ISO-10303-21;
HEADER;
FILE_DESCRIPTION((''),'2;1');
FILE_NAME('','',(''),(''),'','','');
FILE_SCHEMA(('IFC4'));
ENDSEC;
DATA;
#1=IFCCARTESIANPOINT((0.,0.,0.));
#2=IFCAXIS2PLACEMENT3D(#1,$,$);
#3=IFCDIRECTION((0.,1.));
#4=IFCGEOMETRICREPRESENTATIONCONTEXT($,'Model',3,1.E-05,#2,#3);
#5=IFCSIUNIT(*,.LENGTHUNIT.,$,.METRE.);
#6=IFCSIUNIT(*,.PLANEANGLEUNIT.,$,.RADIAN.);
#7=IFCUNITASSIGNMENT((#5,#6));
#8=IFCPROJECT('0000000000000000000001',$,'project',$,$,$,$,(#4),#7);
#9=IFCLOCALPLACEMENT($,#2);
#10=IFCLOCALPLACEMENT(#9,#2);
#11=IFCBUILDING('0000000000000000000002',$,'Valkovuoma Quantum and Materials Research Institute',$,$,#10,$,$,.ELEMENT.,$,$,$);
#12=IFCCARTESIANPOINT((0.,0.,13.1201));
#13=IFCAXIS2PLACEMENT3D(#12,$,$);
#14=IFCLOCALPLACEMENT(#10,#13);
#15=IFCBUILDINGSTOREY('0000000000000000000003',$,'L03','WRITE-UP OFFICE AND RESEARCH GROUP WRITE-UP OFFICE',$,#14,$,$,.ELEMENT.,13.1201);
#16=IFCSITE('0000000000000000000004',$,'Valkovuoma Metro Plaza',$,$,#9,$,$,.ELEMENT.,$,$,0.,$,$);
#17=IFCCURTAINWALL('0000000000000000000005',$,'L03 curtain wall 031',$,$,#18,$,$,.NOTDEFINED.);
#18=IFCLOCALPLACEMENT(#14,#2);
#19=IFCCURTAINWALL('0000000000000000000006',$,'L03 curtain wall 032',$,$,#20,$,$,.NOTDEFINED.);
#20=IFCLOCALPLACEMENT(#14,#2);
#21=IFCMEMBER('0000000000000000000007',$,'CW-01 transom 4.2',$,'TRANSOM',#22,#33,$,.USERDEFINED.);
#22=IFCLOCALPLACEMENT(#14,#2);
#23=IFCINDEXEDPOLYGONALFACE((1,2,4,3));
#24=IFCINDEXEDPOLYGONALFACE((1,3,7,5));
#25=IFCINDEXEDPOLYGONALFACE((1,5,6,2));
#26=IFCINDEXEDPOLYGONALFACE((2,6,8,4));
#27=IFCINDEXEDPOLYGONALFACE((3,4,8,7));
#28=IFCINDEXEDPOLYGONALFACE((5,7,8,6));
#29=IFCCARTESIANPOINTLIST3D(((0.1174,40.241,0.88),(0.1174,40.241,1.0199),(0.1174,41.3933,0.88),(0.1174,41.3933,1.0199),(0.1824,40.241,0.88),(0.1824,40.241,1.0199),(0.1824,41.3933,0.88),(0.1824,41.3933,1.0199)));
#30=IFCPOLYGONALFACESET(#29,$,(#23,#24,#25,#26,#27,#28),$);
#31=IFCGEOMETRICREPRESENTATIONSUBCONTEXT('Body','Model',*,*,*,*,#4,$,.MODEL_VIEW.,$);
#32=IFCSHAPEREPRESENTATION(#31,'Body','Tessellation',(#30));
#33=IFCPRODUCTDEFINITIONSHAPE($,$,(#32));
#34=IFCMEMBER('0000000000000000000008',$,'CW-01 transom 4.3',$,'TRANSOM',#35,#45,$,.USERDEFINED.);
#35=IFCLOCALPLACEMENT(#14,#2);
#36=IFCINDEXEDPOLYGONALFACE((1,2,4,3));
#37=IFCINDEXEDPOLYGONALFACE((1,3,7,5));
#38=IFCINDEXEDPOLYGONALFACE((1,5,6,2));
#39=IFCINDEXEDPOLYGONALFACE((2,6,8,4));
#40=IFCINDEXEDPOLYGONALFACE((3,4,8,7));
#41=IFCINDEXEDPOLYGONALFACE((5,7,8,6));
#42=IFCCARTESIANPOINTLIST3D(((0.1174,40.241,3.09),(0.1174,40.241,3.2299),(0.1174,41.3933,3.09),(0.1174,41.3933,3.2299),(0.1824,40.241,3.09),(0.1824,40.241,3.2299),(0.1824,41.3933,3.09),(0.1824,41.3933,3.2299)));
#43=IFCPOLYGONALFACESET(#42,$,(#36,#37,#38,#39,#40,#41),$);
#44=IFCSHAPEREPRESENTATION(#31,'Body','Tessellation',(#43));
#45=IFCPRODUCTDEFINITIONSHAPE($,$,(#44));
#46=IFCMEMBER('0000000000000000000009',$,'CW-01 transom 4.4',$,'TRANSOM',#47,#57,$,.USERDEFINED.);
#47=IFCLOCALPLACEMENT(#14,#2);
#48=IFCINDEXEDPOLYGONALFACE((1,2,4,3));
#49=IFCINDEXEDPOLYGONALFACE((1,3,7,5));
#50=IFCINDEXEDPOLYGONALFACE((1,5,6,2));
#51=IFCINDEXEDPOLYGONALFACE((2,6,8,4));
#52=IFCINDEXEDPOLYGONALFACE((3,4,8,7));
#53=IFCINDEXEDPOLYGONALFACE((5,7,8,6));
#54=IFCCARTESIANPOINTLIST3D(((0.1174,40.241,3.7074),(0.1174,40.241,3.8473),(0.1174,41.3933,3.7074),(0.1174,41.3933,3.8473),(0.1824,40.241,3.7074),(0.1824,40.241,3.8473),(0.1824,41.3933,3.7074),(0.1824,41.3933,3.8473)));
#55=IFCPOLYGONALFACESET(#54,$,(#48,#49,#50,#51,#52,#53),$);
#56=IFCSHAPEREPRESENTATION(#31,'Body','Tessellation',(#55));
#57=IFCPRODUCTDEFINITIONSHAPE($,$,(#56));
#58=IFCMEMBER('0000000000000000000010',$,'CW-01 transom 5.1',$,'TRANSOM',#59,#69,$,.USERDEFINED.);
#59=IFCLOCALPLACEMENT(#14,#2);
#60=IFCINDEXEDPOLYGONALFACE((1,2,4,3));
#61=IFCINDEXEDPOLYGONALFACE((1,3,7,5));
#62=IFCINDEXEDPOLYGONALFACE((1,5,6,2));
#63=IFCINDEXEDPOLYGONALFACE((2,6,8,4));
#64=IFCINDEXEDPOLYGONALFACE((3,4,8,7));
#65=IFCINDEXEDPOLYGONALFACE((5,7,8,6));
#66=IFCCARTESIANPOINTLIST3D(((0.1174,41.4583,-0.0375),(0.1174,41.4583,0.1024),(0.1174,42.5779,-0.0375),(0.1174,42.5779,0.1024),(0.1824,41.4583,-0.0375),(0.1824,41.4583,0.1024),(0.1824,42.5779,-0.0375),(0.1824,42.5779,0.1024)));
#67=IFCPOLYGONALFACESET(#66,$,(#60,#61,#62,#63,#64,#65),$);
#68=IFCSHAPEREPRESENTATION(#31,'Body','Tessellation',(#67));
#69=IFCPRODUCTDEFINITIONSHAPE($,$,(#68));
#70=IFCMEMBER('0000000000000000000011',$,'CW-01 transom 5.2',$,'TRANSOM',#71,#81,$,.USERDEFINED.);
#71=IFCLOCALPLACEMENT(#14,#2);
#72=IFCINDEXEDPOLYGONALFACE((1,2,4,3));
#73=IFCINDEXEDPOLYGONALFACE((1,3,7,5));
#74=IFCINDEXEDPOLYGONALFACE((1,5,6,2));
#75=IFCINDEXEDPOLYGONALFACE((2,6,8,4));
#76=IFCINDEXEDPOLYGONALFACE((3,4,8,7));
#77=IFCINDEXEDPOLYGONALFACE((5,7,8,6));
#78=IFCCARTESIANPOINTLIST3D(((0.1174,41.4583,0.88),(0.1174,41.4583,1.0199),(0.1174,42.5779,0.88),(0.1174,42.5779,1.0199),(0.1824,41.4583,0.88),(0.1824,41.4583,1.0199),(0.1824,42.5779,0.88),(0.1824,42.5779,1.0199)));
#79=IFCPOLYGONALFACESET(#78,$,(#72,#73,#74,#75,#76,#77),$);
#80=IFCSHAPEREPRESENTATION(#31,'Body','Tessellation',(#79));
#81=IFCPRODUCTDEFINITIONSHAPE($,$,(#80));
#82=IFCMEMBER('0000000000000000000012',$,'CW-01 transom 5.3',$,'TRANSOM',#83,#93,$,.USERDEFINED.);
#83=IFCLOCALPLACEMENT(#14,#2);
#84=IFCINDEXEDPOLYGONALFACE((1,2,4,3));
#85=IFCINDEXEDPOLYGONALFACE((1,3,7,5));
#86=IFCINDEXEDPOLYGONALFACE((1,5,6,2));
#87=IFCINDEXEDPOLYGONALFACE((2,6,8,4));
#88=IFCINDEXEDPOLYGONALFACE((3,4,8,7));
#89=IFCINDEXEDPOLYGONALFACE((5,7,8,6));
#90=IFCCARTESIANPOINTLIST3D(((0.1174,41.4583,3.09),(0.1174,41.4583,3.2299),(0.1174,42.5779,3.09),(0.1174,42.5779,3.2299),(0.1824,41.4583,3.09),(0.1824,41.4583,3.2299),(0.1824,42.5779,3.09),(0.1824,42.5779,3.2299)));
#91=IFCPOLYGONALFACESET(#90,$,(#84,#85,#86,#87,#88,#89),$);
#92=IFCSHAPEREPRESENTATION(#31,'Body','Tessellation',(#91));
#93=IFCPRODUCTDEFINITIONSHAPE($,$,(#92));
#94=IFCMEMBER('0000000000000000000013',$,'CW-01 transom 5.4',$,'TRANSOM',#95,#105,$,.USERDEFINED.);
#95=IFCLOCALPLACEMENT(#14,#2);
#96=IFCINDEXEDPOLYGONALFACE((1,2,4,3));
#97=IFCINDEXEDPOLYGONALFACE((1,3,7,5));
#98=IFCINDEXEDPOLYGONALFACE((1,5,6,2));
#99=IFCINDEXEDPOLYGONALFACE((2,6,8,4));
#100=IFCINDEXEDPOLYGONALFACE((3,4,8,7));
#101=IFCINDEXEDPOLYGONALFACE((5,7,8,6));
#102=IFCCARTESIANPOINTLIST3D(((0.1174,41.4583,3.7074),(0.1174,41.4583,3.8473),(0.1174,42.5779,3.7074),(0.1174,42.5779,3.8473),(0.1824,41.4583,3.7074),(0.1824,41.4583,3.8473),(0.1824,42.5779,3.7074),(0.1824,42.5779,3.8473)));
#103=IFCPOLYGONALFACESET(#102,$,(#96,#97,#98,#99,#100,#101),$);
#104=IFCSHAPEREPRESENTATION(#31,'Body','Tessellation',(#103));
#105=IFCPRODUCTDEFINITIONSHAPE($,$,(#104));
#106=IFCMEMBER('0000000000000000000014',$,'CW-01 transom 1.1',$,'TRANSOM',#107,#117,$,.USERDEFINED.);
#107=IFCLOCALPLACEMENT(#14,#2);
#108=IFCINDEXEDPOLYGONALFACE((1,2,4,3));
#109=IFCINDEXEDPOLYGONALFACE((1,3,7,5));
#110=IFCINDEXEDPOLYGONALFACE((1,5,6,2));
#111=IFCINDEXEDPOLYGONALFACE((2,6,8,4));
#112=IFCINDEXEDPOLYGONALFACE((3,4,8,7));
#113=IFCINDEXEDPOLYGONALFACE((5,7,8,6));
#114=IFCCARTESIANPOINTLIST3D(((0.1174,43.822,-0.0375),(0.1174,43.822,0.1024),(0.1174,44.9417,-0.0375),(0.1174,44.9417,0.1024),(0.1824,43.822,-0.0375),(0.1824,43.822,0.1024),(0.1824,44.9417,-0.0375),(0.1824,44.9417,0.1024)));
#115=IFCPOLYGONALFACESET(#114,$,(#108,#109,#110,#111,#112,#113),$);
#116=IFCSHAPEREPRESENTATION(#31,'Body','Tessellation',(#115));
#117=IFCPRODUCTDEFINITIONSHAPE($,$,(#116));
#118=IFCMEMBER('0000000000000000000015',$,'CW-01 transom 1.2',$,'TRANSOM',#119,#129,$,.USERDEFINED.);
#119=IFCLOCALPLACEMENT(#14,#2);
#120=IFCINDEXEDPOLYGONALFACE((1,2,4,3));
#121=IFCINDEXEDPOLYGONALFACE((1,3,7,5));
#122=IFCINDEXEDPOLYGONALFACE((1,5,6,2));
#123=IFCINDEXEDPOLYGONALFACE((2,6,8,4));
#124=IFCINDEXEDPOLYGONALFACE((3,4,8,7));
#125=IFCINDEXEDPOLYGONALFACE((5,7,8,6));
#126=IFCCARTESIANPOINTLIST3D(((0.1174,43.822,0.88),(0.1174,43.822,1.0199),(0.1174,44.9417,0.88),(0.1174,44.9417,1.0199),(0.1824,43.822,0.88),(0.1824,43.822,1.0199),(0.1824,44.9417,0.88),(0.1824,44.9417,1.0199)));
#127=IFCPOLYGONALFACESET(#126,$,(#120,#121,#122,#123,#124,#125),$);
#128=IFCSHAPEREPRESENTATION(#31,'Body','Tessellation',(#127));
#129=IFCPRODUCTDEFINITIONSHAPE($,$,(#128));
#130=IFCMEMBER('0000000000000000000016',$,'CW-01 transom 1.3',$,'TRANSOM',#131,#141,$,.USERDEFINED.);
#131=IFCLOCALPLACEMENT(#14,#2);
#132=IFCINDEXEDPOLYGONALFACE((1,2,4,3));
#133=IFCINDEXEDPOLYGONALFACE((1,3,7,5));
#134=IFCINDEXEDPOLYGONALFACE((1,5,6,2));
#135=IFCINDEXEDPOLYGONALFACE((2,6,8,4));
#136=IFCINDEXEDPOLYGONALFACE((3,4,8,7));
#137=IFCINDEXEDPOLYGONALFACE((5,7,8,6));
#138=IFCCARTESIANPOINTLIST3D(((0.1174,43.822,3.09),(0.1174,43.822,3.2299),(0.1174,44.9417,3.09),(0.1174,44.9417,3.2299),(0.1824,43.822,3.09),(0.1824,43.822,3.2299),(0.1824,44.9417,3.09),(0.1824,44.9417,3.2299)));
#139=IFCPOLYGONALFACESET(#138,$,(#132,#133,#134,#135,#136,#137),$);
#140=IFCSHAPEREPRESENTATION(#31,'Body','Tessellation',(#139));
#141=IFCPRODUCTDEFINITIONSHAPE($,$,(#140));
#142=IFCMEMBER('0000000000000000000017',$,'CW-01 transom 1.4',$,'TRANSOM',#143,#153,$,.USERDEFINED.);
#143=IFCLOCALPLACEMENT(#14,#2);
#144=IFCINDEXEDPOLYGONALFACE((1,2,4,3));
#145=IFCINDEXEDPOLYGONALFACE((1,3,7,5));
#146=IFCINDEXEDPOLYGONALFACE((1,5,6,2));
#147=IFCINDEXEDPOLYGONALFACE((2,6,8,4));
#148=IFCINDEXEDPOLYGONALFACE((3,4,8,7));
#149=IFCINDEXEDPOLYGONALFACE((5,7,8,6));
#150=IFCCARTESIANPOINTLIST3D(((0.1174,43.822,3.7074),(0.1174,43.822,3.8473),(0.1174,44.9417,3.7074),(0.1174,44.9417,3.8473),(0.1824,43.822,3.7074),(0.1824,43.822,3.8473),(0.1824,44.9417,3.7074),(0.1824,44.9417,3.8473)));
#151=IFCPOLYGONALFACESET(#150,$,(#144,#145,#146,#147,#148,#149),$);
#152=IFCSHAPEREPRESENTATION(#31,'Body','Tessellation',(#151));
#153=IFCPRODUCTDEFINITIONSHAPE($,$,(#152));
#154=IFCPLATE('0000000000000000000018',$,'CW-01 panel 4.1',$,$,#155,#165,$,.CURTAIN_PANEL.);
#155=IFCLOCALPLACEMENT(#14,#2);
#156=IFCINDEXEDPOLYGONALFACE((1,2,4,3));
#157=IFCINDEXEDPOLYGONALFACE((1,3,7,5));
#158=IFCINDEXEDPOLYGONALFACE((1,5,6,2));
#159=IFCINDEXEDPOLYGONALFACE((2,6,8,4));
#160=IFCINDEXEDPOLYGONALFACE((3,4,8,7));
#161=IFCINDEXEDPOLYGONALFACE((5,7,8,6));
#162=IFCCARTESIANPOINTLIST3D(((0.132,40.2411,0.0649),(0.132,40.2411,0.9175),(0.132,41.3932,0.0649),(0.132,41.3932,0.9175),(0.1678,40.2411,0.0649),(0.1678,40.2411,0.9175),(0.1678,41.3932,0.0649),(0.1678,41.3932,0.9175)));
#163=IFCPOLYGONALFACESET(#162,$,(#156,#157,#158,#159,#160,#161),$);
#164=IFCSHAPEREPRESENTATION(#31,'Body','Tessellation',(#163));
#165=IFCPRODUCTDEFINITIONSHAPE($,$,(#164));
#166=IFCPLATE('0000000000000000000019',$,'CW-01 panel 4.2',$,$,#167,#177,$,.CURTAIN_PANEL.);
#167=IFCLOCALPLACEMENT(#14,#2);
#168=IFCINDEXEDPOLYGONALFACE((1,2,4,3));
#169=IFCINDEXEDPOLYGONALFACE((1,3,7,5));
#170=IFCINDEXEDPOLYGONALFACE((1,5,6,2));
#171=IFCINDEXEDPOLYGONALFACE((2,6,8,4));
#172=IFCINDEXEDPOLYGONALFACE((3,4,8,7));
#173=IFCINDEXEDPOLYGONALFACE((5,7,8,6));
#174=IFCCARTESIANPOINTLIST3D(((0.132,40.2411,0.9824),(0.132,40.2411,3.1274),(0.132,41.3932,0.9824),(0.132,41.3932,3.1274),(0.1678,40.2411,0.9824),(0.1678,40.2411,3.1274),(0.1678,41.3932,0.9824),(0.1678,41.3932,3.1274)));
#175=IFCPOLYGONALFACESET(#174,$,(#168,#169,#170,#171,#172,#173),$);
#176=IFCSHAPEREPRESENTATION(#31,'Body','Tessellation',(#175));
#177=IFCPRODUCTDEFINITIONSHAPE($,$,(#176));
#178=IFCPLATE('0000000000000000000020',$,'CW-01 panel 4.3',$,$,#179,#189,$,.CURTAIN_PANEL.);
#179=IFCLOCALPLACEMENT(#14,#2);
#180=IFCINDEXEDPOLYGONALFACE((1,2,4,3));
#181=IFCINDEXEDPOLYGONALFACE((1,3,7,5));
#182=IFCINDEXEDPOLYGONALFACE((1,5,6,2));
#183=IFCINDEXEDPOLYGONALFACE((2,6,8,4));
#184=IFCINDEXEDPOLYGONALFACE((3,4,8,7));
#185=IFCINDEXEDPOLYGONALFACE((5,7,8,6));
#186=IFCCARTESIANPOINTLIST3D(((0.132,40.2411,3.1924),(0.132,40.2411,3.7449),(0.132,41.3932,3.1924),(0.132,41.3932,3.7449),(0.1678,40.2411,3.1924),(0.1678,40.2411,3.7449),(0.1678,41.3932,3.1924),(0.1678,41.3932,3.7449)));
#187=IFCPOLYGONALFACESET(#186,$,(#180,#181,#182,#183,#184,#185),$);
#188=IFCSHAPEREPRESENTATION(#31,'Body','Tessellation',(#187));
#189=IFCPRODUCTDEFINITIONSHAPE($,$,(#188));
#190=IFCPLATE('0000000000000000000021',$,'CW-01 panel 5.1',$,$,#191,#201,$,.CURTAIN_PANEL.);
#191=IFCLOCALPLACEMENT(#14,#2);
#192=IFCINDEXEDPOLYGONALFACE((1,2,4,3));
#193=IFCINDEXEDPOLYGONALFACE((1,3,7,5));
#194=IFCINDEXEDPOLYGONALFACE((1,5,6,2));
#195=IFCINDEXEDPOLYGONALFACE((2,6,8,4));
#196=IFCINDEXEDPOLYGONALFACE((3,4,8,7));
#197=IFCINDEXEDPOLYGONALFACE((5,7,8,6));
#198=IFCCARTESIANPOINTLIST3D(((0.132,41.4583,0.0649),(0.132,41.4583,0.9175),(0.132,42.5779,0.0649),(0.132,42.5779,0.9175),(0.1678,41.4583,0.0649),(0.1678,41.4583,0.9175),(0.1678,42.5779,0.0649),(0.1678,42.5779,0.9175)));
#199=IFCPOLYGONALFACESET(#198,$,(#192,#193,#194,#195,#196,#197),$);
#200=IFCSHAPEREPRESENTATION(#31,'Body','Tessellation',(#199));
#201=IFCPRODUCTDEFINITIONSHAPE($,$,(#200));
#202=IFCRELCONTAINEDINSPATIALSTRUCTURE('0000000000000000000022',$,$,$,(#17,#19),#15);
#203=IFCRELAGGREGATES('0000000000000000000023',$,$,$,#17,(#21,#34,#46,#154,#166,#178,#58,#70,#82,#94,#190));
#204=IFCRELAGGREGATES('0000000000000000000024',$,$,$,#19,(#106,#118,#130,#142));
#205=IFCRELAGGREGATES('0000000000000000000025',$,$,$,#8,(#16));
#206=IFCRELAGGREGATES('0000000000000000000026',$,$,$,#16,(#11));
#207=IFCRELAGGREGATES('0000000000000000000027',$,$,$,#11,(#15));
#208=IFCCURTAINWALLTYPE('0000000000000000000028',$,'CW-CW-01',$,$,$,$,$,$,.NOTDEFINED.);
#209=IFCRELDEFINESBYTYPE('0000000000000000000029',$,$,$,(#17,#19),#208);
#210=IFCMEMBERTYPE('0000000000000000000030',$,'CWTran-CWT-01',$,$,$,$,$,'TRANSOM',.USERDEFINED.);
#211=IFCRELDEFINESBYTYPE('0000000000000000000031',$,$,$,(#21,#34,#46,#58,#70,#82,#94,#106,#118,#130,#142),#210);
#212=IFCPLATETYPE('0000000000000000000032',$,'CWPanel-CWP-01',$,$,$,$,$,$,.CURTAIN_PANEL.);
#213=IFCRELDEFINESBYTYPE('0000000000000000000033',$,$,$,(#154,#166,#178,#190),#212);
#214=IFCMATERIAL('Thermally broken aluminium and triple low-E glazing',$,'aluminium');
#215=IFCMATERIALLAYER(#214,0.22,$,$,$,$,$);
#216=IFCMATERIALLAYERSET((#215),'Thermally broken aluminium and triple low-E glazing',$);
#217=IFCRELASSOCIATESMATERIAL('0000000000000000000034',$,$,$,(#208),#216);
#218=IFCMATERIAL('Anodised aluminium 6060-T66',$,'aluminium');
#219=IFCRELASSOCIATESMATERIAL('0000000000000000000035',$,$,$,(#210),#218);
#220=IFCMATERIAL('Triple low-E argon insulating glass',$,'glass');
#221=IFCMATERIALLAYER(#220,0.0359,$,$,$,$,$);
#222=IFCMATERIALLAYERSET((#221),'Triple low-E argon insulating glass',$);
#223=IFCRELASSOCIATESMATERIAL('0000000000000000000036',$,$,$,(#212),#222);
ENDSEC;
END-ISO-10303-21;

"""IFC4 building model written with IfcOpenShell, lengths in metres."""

from ifc_helpers import new_model, si_unit, direction, frame, origin, origin_2d, place, context, subcontext, project, spatial, rectangle, extrude, material, layer, layer_set, material_profile, profile_set, type_object, element, aggregate, save


model = new_model("IFC4")

# Units and contexts
model_context = context("Model", 3, precision=1e-05, world=origin(), true_north=direction((0.0, 1.0)))
body_context = subcontext(model_context, "Body", "Model", "MODEL_VIEW")
ifc_project = project(units=[si_unit("LENGTHUNIT", "METRE"), si_unit("PLANEANGLEUNIT", "RADIAN")], contexts=[model_context])

# Site, building, storey
site_placement = place(None, origin())
site = spatial("IfcSite", under=ifc_project, at=site_placement, Name="Valkovuoma Metro Plaza", CompositionType="ELEMENT", RefElevation=0.0)
building_placement = place(site_placement, origin())
building = spatial("IfcBuilding", under=site, at=building_placement, Name="Valkovuoma Quantum and Materials Research Institute", CompositionType="ELEMENT")
storey_placement = place(building_placement, frame((0.0, 0.0, 13.1201)))
storey = spatial("IfcBuildingStorey", under=building, at=storey_placement, Name="L03", Description="WRITE-UP OFFICE AND RESEARCH GROUP WRITE-UP OFFICE", CompositionType="ELEMENT", Elevation=13.1201)

# Curtain wall
ifc_material_1 = material(Name="Thermally broken aluminium and triple low-E glazing", Category="aluminium")
ifc_layer_1 = layer(ifc_material_1, 0.22)
ifc_layer_set_1 = layer_set([ifc_layer_1], Name="Thermally broken aluminium and triple low-E glazing")
curtain_wall_type = type_object("IfcCurtainWallType", Name="CW-CW-01", PredefinedType="NOTDEFINED", material=ifc_layer_set_1)
curtain_wall_1_placement = place(storey_placement, origin())
curtain_wall_1 = element("IfcCurtainWall", 1, at=curtain_wall_1_placement, inside=storey, type_object=curtain_wall_type, Name="L03 curtain wall 031", PredefinedType="NOTDEFINED")

# Curtain wall
curtain_wall_2_placement = place(storey_placement, origin())
curtain_wall_2 = element("IfcCurtainWall", 2, at=curtain_wall_2_placement, inside=storey, type_object=curtain_wall_type, Name="L03 curtain wall 032", PredefinedType="NOTDEFINED")

# Members
ifc_material_2 = material(Name="Anodised aluminium 6060-T66", Category="aluminium")
ifc_material_profile_1 = material_profile(ifc_material_2, rectangle(XDim=0.0649, YDim=0.1399, at=origin_2d()), Name="Anodised aluminium 6060-T66")
ifc_profile_set_1 = profile_set([ifc_material_profile_1], Name="Anodised aluminium 6060-T66")
member_type_1 = type_object("IfcMemberType", Name="CWTran-CWT-01", ElementType="TRANSOM", PredefinedType="USERDEFINED", material=ifc_profile_set_1)
member_1_placement = place(storey_placement, frame((0.1499, 40.241, 0.95), z_axis=(0.0, 1.0, 0.0), x_axis=(-1.0, 0.0, 0.0)))
member_1 = element("IfcMember", 3, at=member_1_placement, type_object=member_type_1, Name="CW-01 transom 4.2", ObjectType="TRANSOM", PredefinedType="USERDEFINED", context=body_context, shape_type="SweptSolid", body=[
    extrude(rectangle(XDim=0.0649, YDim=0.1399, at=origin_2d()), origin(), (0.0, 0.0, 1.0), 1.1523),
])
member_2_placement = place(storey_placement, frame((0.1499, 40.241, 3.1599), z_axis=(0.0, 1.0, 0.0), x_axis=(-1.0, 0.0, 0.0)))
member_2 = element("IfcMember", 4, at=member_2_placement, type_object=member_type_1, Name="CW-01 transom 4.3", ObjectType="TRANSOM", PredefinedType="USERDEFINED", context=body_context, shape_type="SweptSolid", body=[
    extrude(rectangle(XDim=0.0649, YDim=0.1399, at=origin_2d()), origin(), (0.0, 0.0, 1.0), 1.1523),
])
member_3_placement = place(storey_placement, frame((0.1499, 40.241, 3.7773), z_axis=(0.0, 1.0, 0.0), x_axis=(-1.0, 0.0, 0.0)))
member_3 = element("IfcMember", 5, at=member_3_placement, type_object=member_type_1, Name="CW-01 transom 4.4", ObjectType="TRANSOM", PredefinedType="USERDEFINED", context=body_context, shape_type="SweptSolid", body=[
    extrude(rectangle(XDim=0.0649, YDim=0.1399, at=origin_2d()), origin(), (0.0, 0.0, 1.0), 1.1523),
])
member_4_placement = place(storey_placement, frame((0.1499, 41.4583, 0.0325), z_axis=(0.0, 1.0, 0.0), x_axis=(-1.0, 0.0, 0.0)))
member_4 = element("IfcMember", 6, at=member_4_placement, type_object=member_type_1, Name="CW-01 transom 5.1", ObjectType="TRANSOM", PredefinedType="USERDEFINED", context=body_context, shape_type="SweptSolid", body=[
    extrude(rectangle(XDim=0.0649, YDim=0.1399, at=origin_2d()), origin(), (0.0, 0.0, 1.0), 1.1196),
])
member_5_placement = place(storey_placement, frame((0.1499, 41.4583, 0.95), z_axis=(0.0, 1.0, 0.0), x_axis=(-1.0, 0.0, 0.0)))
member_5 = element("IfcMember", 7, at=member_5_placement, type_object=member_type_1, Name="CW-01 transom 5.2", ObjectType="TRANSOM", PredefinedType="USERDEFINED", context=body_context, shape_type="SweptSolid", body=[
    extrude(rectangle(XDim=0.0649, YDim=0.1399, at=origin_2d()), origin(), (0.0, 0.0, 1.0), 1.1196),
])
member_6_placement = place(storey_placement, frame((0.1499, 41.4583, 3.1599), z_axis=(0.0, 1.0, 0.0), x_axis=(-1.0, 0.0, 0.0)))
member_6 = element("IfcMember", 8, at=member_6_placement, type_object=member_type_1, Name="CW-01 transom 5.3", ObjectType="TRANSOM", PredefinedType="USERDEFINED", context=body_context, shape_type="SweptSolid", body=[
    extrude(rectangle(XDim=0.0649, YDim=0.1399, at=origin_2d()), origin(), (0.0, 0.0, 1.0), 1.1196),
])
member_7_placement = place(storey_placement, frame((0.1499, 41.4583, 3.7773), z_axis=(0.0, 1.0, 0.0), x_axis=(-1.0, 0.0, 0.0)))
member_7 = element("IfcMember", 9, at=member_7_placement, type_object=member_type_1, Name="CW-01 transom 5.4", ObjectType="TRANSOM", PredefinedType="USERDEFINED", context=body_context, shape_type="SweptSolid", body=[
    extrude(rectangle(XDim=0.0649, YDim=0.1399, at=origin_2d()), origin(), (0.0, 0.0, 1.0), 1.1196),
])
member_8_placement = place(storey_placement, frame((0.1499, 43.822, 0.0325), z_axis=(0.0, 1.0, 0.0), x_axis=(-1.0, 0.0, 0.0)))
member_8 = element("IfcMember", 10, at=member_8_placement, type_object=member_type_1, Name="CW-01 transom 1.1", ObjectType="TRANSOM", PredefinedType="USERDEFINED", context=body_context, shape_type="SweptSolid", body=[
    extrude(rectangle(XDim=0.0649, YDim=0.1399, at=origin_2d()), origin(), (0.0, 0.0, 1.0), 1.1196),
])
member_9_placement = place(storey_placement, frame((0.1499, 43.822, 0.95), z_axis=(0.0, 1.0, 0.0), x_axis=(-1.0, 0.0, 0.0)))
member_9 = element("IfcMember", 11, at=member_9_placement, type_object=member_type_1, Name="CW-01 transom 1.2", ObjectType="TRANSOM", PredefinedType="USERDEFINED", context=body_context, shape_type="SweptSolid", body=[
    extrude(rectangle(XDim=0.0649, YDim=0.1399, at=origin_2d()), origin(), (0.0, 0.0, 1.0), 1.1196),
])
member_10_placement = place(storey_placement, frame((0.1499, 43.822, 3.1599), z_axis=(0.0, 1.0, 0.0), x_axis=(-1.0, 0.0, 0.0)))
member_10 = element("IfcMember", 12, at=member_10_placement, type_object=member_type_1, Name="CW-01 transom 1.3", ObjectType="TRANSOM", PredefinedType="USERDEFINED", context=body_context, shape_type="SweptSolid", body=[
    extrude(rectangle(XDim=0.0649, YDim=0.1399, at=origin_2d()), origin(), (0.0, 0.0, 1.0), 1.1196),
])
member_11_placement = place(storey_placement, frame((0.1499, 43.822, 3.7773), z_axis=(0.0, 1.0, 0.0), x_axis=(-1.0, 0.0, 0.0)))
member_11 = element("IfcMember", 13, at=member_11_placement, type_object=member_type_1, Name="CW-01 transom 1.4", ObjectType="TRANSOM", PredefinedType="USERDEFINED", context=body_context, shape_type="SweptSolid", body=[
    extrude(rectangle(XDim=0.0649, YDim=0.1399, at=origin_2d()), origin(), (0.0, 0.0, 1.0), 1.1196),
])

# Plates
ifc_material_3 = material(Name="Triple low-E argon insulating glass", Category="glass")
ifc_layer_2 = layer(ifc_material_3, 0.0359)
ifc_layer_set_2 = layer_set([ifc_layer_2], Name="Triple low-E argon insulating glass")
plate_type = type_object("IfcPlateType", Name="CWPanel-CWP-01", PredefinedType="CURTAIN_PANEL", material=ifc_layer_set_2)
plate_1_placement = place(storey_placement, frame((0.1499, 40.8171, 0.0649), z_axis=(0.0, 0.0, 1.0), x_axis=(0.0, 1.0, 0.0)))
plate_1 = element("IfcPlate", 14, at=plate_1_placement, type_object=plate_type, Name="CW-01 panel 4.1", PredefinedType="CURTAIN_PANEL", context=body_context, shape_type="SweptSolid", body=[
    extrude(rectangle(XDim=1.1521, YDim=0.0359, at=origin_2d()), origin(), (0.0, 0.0, 1.0), 0.8525),
])
plate_2_placement = place(storey_placement, frame((0.1499, 40.8171, 0.9824), z_axis=(0.0, 0.0, 1.0), x_axis=(0.0, 1.0, 0.0)))
plate_2 = element("IfcPlate", 15, at=plate_2_placement, type_object=plate_type, Name="CW-01 panel 4.2", PredefinedType="CURTAIN_PANEL", context=body_context, shape_type="SweptSolid", body=[
    extrude(rectangle(XDim=1.1521, YDim=0.0359, at=origin_2d()), origin(), (0.0, 0.0, 1.0), 2.145),
])
plate_3_placement = place(storey_placement, frame((0.1499, 40.8171, 3.1924), z_axis=(0.0, 0.0, 1.0), x_axis=(0.0, 1.0, 0.0)))
plate_3 = element("IfcPlate", 16, at=plate_3_placement, type_object=plate_type, Name="CW-01 panel 4.3", PredefinedType="CURTAIN_PANEL", context=body_context, shape_type="SweptSolid", body=[
    extrude(rectangle(XDim=1.1521, YDim=0.0359, at=origin_2d()), origin(), (0.0, 0.0, 1.0), 0.5525),
])
plate_4_placement = place(storey_placement, frame((0.1499, 42.0181, 0.0649), z_axis=(0.0, 0.0, 1.0), x_axis=(0.0, 1.0, 0.0)))
plate_4 = element("IfcPlate", 17, at=plate_4_placement, type_object=plate_type, Name="CW-01 panel 5.1", PredefinedType="CURTAIN_PANEL", context=body_context, shape_type="SweptSolid", body=[
    extrude(rectangle(XDim=1.1196, YDim=0.0359, at=origin_2d()), origin(), (0.0, 0.0, 1.0), 0.8525),
])
aggregate(curtain_wall_1, [member_1, member_2, member_3, plate_1, plate_2, plate_3, member_4, member_5, member_6, member_7, plate_4])
aggregate(curtain_wall_2, [member_8, member_9, member_10, member_11])

save(model, "model.ifc")
